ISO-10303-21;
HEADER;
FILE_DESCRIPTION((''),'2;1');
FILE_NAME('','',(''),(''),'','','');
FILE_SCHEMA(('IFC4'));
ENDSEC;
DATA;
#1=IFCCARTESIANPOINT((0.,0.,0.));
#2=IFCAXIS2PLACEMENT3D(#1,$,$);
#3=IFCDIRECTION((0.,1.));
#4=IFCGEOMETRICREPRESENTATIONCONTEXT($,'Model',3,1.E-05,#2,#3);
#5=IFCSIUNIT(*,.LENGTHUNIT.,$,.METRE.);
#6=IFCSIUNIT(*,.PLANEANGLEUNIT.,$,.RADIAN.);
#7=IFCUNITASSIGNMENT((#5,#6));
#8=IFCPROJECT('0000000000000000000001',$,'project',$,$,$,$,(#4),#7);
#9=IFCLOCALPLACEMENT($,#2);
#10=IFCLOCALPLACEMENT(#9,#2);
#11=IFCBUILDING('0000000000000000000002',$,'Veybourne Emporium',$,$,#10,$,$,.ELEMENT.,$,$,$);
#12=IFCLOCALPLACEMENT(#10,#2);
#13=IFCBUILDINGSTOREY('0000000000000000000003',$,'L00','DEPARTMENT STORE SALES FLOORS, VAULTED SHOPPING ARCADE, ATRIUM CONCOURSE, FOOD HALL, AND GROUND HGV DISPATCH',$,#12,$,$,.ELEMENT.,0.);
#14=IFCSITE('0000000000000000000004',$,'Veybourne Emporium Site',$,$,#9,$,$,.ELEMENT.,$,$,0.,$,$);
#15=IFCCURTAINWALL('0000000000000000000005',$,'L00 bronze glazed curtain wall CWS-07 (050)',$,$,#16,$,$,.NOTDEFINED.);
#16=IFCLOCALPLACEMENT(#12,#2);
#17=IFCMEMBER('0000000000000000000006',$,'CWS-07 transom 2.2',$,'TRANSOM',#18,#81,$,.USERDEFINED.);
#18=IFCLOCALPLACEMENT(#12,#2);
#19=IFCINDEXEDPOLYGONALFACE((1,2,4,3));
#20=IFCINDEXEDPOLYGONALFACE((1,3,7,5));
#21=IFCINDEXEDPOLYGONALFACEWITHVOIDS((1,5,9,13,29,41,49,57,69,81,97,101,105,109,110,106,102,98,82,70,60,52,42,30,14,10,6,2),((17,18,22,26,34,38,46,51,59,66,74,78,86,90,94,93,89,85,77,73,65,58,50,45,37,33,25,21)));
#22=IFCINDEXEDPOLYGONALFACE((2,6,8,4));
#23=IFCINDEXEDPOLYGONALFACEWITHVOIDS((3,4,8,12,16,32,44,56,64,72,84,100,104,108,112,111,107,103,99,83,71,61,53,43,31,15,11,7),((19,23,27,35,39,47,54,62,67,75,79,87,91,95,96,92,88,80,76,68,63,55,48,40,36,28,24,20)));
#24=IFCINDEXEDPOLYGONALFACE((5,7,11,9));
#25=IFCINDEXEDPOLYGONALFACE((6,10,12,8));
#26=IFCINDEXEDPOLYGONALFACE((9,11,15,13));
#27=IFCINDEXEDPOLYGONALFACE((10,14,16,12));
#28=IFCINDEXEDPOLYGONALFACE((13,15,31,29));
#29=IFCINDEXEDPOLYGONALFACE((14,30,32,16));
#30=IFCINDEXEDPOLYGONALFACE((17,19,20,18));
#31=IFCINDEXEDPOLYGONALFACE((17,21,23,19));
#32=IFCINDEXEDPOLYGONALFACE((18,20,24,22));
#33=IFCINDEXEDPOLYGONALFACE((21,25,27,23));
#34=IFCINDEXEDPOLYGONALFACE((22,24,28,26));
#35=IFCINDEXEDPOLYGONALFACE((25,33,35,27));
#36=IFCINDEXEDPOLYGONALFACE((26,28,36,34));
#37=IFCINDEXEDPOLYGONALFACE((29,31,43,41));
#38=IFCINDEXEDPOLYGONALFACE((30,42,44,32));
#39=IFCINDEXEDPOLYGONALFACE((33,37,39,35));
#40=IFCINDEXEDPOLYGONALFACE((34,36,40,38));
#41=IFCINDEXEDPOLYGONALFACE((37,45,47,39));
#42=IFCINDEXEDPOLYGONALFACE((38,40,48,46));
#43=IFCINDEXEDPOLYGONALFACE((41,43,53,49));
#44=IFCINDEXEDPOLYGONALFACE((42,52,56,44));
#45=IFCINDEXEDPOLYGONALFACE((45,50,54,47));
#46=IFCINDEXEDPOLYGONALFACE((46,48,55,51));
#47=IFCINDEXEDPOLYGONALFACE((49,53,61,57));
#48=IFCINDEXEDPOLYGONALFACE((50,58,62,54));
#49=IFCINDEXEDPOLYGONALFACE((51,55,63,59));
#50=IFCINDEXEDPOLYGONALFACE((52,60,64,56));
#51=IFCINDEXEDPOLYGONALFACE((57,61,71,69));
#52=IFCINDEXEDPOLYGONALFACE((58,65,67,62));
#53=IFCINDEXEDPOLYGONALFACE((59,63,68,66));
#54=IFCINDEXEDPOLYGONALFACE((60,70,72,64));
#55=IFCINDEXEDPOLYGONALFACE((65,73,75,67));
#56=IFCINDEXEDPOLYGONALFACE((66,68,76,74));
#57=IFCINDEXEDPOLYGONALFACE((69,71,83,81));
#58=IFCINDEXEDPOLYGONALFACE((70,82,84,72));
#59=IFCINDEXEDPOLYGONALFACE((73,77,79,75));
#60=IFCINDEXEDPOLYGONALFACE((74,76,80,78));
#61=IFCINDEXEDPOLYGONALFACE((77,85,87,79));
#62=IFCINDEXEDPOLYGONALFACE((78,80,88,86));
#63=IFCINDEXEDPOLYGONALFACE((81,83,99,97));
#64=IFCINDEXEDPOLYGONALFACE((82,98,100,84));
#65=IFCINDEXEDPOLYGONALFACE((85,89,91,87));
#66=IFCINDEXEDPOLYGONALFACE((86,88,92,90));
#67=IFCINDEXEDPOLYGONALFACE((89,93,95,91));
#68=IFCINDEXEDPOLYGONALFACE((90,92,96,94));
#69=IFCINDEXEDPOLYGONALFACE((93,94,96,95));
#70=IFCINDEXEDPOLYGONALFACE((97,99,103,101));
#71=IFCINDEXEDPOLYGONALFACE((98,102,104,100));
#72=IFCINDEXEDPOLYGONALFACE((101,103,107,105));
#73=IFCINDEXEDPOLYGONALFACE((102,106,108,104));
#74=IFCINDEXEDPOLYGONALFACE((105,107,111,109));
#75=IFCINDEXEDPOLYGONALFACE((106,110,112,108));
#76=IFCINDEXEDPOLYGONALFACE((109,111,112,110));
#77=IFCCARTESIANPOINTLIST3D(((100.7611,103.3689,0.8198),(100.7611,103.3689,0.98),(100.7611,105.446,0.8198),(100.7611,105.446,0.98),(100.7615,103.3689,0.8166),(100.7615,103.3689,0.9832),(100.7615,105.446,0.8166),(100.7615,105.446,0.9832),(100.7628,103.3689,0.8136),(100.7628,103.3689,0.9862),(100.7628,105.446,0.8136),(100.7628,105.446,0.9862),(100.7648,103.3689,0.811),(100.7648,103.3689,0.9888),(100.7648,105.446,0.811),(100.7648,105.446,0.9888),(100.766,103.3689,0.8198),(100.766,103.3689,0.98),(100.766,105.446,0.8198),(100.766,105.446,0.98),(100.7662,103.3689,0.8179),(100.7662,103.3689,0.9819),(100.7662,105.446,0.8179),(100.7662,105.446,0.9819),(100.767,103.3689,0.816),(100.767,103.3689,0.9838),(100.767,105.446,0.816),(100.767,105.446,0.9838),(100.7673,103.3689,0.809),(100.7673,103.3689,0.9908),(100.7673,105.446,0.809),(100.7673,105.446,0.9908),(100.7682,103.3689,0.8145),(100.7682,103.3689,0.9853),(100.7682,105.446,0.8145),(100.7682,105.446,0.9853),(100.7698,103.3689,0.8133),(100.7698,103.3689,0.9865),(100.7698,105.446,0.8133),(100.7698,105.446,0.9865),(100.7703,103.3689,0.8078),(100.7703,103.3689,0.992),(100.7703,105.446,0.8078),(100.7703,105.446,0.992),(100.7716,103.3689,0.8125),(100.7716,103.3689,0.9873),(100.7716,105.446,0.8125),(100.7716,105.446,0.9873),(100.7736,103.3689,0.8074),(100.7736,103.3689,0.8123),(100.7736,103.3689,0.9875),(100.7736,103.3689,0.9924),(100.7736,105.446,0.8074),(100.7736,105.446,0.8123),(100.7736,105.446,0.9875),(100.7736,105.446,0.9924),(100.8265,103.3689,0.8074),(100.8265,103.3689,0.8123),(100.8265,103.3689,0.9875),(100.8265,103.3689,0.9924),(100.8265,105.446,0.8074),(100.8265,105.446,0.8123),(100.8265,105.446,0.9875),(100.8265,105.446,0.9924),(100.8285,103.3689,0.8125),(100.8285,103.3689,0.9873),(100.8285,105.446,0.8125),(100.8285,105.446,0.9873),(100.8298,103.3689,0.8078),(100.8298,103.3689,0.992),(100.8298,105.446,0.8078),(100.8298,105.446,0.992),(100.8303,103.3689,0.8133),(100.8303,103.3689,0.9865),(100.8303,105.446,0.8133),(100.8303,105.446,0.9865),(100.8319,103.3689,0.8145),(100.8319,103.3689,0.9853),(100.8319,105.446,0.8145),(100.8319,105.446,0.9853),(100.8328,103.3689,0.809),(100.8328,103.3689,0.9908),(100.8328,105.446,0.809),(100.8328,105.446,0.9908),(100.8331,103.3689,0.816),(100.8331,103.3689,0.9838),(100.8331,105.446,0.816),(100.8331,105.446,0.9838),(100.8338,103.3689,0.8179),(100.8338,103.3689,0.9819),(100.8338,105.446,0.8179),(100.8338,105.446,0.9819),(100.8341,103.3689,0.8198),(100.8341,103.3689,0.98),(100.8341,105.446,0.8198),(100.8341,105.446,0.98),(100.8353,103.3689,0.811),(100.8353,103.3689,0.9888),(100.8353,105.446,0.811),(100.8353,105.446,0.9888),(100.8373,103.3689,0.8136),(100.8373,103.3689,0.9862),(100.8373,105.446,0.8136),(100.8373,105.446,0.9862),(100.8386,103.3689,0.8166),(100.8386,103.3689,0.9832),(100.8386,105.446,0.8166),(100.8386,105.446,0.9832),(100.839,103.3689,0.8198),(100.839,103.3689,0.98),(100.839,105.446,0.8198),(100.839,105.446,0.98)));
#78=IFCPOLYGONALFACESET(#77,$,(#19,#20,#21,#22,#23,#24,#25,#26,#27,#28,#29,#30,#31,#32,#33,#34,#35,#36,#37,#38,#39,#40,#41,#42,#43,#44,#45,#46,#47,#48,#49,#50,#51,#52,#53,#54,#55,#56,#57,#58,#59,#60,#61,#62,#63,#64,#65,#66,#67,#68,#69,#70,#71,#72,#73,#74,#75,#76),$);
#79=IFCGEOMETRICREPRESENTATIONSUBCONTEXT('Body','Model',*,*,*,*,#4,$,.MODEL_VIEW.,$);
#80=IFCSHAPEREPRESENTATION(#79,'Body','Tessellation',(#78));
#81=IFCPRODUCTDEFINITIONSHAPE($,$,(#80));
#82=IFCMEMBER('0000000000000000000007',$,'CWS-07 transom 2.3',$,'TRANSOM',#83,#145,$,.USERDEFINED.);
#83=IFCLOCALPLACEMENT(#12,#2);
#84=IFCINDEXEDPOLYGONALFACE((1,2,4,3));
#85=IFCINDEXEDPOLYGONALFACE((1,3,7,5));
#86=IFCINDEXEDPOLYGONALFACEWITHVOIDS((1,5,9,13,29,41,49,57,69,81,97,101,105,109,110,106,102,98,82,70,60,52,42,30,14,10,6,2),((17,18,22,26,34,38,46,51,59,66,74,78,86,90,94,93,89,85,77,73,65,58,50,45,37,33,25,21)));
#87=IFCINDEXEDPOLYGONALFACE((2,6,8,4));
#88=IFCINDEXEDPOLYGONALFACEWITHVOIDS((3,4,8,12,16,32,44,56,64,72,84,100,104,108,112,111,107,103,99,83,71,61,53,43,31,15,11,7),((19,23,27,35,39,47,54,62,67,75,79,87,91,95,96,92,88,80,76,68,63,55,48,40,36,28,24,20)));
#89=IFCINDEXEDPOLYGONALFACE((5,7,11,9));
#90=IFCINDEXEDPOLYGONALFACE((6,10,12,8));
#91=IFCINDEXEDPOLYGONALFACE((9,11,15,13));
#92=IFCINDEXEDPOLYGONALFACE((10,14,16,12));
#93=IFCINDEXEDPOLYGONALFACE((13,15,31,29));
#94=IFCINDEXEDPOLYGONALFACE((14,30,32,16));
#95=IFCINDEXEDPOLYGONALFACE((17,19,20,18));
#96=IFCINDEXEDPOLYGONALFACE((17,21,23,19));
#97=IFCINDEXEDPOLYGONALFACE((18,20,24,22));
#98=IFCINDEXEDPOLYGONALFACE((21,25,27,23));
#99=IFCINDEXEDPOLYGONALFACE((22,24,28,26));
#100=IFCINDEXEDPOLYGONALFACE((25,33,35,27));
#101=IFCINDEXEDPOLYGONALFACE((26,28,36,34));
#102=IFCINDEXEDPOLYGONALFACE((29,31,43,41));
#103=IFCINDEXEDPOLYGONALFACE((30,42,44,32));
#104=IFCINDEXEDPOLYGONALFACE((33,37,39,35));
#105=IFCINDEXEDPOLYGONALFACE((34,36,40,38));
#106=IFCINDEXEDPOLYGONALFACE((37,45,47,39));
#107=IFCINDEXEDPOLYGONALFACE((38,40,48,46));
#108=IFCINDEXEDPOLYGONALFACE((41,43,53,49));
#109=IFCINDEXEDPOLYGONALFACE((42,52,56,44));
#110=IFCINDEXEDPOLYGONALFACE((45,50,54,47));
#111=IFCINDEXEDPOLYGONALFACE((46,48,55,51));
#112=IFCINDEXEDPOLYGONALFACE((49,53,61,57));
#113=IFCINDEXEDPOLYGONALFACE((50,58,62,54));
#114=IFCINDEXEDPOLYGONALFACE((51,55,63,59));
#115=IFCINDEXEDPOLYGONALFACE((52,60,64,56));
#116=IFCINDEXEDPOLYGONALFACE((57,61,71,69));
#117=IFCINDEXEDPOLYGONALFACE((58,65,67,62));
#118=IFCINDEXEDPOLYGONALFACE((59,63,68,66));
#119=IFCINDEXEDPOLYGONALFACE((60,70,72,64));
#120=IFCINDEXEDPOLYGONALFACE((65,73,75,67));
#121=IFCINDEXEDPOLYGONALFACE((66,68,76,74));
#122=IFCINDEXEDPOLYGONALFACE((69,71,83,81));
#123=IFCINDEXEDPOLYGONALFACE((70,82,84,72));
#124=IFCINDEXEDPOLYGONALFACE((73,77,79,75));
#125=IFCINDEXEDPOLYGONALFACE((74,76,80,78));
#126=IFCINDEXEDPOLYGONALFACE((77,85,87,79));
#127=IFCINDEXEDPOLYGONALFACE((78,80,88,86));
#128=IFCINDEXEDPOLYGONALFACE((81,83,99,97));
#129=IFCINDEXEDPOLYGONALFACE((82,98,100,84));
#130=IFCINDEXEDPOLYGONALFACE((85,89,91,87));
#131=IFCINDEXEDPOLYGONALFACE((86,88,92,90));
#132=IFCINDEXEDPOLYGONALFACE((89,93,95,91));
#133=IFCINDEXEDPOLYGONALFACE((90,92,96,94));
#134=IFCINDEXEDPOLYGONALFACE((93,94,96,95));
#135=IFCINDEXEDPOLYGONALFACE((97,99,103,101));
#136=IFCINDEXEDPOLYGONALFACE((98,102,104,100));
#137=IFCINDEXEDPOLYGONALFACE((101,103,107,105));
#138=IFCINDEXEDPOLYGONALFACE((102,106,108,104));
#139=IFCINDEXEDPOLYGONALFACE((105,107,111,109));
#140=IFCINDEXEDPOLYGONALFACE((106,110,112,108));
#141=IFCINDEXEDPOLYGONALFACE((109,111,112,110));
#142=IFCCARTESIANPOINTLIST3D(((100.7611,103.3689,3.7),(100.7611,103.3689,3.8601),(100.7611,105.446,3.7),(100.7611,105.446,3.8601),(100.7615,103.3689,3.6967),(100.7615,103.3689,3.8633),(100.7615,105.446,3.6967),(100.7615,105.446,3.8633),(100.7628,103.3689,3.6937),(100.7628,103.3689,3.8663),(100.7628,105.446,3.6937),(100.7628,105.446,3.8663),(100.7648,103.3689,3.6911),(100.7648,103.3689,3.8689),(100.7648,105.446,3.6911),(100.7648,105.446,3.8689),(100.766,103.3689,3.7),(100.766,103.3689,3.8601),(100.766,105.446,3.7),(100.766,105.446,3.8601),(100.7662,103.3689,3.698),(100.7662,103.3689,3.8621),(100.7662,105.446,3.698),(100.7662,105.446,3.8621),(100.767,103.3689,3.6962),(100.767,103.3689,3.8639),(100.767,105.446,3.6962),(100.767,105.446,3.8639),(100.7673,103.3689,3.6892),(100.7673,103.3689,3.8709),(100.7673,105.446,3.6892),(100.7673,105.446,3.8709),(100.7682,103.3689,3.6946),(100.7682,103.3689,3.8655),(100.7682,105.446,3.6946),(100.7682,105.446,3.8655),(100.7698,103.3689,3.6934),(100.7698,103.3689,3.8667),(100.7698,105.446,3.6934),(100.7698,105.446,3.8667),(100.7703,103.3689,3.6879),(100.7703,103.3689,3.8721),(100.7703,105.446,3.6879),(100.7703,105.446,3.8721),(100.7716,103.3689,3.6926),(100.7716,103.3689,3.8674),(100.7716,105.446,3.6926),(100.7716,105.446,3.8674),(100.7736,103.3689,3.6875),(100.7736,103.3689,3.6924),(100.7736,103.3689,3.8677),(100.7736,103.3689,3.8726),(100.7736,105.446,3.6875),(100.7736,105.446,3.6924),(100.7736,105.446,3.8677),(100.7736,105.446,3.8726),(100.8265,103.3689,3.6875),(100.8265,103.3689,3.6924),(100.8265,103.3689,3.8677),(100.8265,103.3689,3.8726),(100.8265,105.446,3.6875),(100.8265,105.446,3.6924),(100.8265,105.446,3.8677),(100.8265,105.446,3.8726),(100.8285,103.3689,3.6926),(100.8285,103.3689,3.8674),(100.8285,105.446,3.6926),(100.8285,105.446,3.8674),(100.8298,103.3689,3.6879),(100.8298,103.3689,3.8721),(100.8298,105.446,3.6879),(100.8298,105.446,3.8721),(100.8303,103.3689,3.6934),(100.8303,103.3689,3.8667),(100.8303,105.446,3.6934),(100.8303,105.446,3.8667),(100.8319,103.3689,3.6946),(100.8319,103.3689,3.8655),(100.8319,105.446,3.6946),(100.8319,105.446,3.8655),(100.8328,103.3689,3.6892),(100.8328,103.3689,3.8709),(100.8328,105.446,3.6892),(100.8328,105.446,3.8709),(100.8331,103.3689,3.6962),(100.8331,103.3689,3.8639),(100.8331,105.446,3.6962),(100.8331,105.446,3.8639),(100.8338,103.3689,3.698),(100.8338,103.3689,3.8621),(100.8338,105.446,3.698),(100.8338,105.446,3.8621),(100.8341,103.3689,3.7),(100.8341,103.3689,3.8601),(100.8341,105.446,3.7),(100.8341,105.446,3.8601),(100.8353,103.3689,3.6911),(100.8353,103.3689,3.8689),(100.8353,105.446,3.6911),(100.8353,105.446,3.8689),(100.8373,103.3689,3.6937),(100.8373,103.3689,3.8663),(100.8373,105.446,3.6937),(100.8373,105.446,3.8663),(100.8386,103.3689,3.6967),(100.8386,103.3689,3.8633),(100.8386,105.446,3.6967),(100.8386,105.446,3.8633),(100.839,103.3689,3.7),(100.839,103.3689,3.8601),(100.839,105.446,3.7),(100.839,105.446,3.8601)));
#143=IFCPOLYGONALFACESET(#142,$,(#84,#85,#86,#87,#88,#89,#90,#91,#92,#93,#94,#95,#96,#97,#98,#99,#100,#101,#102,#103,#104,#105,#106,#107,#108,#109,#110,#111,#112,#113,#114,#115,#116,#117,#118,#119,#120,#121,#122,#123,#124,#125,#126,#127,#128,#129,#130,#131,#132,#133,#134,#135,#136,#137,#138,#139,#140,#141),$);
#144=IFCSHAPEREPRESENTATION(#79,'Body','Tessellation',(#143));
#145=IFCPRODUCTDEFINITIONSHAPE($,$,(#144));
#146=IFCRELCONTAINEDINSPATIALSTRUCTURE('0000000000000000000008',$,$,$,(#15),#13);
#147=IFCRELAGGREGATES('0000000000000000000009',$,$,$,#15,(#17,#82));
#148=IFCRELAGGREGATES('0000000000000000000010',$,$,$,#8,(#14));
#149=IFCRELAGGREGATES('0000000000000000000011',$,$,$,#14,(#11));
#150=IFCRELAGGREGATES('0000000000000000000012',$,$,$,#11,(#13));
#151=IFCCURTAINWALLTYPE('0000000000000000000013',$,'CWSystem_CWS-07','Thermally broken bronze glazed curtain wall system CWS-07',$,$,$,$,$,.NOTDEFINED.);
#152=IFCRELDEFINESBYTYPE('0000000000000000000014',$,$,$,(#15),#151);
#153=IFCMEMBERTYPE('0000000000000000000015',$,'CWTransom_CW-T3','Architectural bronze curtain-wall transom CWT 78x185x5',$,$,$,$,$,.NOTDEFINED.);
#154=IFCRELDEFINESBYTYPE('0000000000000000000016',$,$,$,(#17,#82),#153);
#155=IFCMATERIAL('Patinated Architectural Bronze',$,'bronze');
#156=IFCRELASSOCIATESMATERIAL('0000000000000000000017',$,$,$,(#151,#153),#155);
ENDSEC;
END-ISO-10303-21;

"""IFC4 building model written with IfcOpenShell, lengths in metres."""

from ifc_helpers import new_model, si_unit, direction, frame, origin, origin_2d, place, context, subcontext, project, spatial, hollow_rectangle, extrude, material, material_profile, profile_set, type_object, element, aggregate, save


model = new_model("IFC4")

# Units and contexts
model_context = context("Model", 3, precision=1e-05, world=origin(), true_north=direction((0.0, 1.0)))
body_context = subcontext(model_context, "Body", "Model", "MODEL_VIEW")
ifc_project = project(units=[si_unit("LENGTHUNIT", "METRE"), si_unit("PLANEANGLEUNIT", "RADIAN")], contexts=[model_context])

# Site, building, storey
site_placement = place(None, origin())
site = spatial("IfcSite", under=ifc_project, at=site_placement, Name="Veybourne Emporium Site", CompositionType="ELEMENT", RefElevation=0.0)
building_placement = place(site_placement, origin())
building = spatial("IfcBuilding", under=site, at=building_placement, Name="Veybourne Emporium", CompositionType="ELEMENT")
storey_placement = place(building_placement, origin())
storey = spatial("IfcBuildingStorey", under=building, at=storey_placement, Name="L00", Description="DEPARTMENT STORE SALES FLOORS, VAULTED SHOPPING ARCADE, ATRIUM CONCOURSE, FOOD HALL, AND GROUND HGV DISPATCH", CompositionType="ELEMENT", Elevation=0.0)

# Curtain wall
ifc_material_1 = material(Name="Patinated Architectural Bronze", Category="bronze")
curtain_wall_type_1 = type_object("IfcCurtainWallType", Name="CWSystem_CWS-07", Description="Thermally broken bronze glazed curtain wall system CWS-07", PredefinedType="NOTDEFINED", material=ifc_material_1)
curtain_wall_1_placement = place(storey_placement, origin())
curtain_wall_1 = element("IfcCurtainWall", 1, at=curtain_wall_1_placement, inside=storey, type_object=curtain_wall_type_1, Name="L00 bronze glazed curtain wall CWS-07 (050)", PredefinedType="NOTDEFINED")

# Members
ifc_material_profile_1 = material_profile(ifc_material_1, hollow_rectangle(XDim=0.0779, YDim=0.1851, WallThickness=0.0049, InnerFilletRadius=0.0076, OuterFilletRadius=0.0125, at=origin_2d()), Name="CWT 78x185x5")
ifc_profile_set_1 = profile_set([ifc_material_profile_1], Name="Patinated Architectural Bronze")
member_type_1 = type_object("IfcMemberType", Name="CWTransom_CW-T3", Description="Architectural bronze curtain-wall transom CWT 78x185x5", PredefinedType="NOTDEFINED", material=ifc_profile_set_1)
member_1_placement = place(storey_placement, frame((100.8, 105.446, 0.8999), z_axis=(0.0, -1.0, 0.0), x_axis=(1.0, 0.0, 0.0)))
member_1 = element("IfcMember", 2, at=member_1_placement, type_object=member_type_1, Name="CWS-07 transom 2.2", ObjectType="TRANSOM", PredefinedType="USERDEFINED", context=body_context, shape_type="SweptSolid", body=[
    extrude(hollow_rectangle(XDim=0.0779, YDim=0.1851, WallThickness=0.0049, InnerFilletRadius=0.0076, OuterFilletRadius=0.0125, at=origin_2d()), origin(), (0.0, 0.0, 1.0), 2.0771),
])
member_2_placement = place(storey_placement, frame((100.8, 105.446, 3.78), z_axis=(0.0, -1.0, 0.0), x_axis=(1.0, 0.0, 0.0)))
member_2 = element("IfcMember", 3, at=member_2_placement, type_object=member_type_1, Name="CWS-07 transom 2.3", ObjectType="TRANSOM", PredefinedType="USERDEFINED", context=body_context, shape_type="SweptSolid", body=[
    extrude(hollow_rectangle(XDim=0.0779, YDim=0.1851, WallThickness=0.0049, InnerFilletRadius=0.0076, OuterFilletRadius=0.0125, at=origin_2d()), origin(), (0.0, 0.0, 1.0), 2.0771),
])

aggregate(curtain_wall_1, [member_1, member_2])

save(model, "model.ifc")
